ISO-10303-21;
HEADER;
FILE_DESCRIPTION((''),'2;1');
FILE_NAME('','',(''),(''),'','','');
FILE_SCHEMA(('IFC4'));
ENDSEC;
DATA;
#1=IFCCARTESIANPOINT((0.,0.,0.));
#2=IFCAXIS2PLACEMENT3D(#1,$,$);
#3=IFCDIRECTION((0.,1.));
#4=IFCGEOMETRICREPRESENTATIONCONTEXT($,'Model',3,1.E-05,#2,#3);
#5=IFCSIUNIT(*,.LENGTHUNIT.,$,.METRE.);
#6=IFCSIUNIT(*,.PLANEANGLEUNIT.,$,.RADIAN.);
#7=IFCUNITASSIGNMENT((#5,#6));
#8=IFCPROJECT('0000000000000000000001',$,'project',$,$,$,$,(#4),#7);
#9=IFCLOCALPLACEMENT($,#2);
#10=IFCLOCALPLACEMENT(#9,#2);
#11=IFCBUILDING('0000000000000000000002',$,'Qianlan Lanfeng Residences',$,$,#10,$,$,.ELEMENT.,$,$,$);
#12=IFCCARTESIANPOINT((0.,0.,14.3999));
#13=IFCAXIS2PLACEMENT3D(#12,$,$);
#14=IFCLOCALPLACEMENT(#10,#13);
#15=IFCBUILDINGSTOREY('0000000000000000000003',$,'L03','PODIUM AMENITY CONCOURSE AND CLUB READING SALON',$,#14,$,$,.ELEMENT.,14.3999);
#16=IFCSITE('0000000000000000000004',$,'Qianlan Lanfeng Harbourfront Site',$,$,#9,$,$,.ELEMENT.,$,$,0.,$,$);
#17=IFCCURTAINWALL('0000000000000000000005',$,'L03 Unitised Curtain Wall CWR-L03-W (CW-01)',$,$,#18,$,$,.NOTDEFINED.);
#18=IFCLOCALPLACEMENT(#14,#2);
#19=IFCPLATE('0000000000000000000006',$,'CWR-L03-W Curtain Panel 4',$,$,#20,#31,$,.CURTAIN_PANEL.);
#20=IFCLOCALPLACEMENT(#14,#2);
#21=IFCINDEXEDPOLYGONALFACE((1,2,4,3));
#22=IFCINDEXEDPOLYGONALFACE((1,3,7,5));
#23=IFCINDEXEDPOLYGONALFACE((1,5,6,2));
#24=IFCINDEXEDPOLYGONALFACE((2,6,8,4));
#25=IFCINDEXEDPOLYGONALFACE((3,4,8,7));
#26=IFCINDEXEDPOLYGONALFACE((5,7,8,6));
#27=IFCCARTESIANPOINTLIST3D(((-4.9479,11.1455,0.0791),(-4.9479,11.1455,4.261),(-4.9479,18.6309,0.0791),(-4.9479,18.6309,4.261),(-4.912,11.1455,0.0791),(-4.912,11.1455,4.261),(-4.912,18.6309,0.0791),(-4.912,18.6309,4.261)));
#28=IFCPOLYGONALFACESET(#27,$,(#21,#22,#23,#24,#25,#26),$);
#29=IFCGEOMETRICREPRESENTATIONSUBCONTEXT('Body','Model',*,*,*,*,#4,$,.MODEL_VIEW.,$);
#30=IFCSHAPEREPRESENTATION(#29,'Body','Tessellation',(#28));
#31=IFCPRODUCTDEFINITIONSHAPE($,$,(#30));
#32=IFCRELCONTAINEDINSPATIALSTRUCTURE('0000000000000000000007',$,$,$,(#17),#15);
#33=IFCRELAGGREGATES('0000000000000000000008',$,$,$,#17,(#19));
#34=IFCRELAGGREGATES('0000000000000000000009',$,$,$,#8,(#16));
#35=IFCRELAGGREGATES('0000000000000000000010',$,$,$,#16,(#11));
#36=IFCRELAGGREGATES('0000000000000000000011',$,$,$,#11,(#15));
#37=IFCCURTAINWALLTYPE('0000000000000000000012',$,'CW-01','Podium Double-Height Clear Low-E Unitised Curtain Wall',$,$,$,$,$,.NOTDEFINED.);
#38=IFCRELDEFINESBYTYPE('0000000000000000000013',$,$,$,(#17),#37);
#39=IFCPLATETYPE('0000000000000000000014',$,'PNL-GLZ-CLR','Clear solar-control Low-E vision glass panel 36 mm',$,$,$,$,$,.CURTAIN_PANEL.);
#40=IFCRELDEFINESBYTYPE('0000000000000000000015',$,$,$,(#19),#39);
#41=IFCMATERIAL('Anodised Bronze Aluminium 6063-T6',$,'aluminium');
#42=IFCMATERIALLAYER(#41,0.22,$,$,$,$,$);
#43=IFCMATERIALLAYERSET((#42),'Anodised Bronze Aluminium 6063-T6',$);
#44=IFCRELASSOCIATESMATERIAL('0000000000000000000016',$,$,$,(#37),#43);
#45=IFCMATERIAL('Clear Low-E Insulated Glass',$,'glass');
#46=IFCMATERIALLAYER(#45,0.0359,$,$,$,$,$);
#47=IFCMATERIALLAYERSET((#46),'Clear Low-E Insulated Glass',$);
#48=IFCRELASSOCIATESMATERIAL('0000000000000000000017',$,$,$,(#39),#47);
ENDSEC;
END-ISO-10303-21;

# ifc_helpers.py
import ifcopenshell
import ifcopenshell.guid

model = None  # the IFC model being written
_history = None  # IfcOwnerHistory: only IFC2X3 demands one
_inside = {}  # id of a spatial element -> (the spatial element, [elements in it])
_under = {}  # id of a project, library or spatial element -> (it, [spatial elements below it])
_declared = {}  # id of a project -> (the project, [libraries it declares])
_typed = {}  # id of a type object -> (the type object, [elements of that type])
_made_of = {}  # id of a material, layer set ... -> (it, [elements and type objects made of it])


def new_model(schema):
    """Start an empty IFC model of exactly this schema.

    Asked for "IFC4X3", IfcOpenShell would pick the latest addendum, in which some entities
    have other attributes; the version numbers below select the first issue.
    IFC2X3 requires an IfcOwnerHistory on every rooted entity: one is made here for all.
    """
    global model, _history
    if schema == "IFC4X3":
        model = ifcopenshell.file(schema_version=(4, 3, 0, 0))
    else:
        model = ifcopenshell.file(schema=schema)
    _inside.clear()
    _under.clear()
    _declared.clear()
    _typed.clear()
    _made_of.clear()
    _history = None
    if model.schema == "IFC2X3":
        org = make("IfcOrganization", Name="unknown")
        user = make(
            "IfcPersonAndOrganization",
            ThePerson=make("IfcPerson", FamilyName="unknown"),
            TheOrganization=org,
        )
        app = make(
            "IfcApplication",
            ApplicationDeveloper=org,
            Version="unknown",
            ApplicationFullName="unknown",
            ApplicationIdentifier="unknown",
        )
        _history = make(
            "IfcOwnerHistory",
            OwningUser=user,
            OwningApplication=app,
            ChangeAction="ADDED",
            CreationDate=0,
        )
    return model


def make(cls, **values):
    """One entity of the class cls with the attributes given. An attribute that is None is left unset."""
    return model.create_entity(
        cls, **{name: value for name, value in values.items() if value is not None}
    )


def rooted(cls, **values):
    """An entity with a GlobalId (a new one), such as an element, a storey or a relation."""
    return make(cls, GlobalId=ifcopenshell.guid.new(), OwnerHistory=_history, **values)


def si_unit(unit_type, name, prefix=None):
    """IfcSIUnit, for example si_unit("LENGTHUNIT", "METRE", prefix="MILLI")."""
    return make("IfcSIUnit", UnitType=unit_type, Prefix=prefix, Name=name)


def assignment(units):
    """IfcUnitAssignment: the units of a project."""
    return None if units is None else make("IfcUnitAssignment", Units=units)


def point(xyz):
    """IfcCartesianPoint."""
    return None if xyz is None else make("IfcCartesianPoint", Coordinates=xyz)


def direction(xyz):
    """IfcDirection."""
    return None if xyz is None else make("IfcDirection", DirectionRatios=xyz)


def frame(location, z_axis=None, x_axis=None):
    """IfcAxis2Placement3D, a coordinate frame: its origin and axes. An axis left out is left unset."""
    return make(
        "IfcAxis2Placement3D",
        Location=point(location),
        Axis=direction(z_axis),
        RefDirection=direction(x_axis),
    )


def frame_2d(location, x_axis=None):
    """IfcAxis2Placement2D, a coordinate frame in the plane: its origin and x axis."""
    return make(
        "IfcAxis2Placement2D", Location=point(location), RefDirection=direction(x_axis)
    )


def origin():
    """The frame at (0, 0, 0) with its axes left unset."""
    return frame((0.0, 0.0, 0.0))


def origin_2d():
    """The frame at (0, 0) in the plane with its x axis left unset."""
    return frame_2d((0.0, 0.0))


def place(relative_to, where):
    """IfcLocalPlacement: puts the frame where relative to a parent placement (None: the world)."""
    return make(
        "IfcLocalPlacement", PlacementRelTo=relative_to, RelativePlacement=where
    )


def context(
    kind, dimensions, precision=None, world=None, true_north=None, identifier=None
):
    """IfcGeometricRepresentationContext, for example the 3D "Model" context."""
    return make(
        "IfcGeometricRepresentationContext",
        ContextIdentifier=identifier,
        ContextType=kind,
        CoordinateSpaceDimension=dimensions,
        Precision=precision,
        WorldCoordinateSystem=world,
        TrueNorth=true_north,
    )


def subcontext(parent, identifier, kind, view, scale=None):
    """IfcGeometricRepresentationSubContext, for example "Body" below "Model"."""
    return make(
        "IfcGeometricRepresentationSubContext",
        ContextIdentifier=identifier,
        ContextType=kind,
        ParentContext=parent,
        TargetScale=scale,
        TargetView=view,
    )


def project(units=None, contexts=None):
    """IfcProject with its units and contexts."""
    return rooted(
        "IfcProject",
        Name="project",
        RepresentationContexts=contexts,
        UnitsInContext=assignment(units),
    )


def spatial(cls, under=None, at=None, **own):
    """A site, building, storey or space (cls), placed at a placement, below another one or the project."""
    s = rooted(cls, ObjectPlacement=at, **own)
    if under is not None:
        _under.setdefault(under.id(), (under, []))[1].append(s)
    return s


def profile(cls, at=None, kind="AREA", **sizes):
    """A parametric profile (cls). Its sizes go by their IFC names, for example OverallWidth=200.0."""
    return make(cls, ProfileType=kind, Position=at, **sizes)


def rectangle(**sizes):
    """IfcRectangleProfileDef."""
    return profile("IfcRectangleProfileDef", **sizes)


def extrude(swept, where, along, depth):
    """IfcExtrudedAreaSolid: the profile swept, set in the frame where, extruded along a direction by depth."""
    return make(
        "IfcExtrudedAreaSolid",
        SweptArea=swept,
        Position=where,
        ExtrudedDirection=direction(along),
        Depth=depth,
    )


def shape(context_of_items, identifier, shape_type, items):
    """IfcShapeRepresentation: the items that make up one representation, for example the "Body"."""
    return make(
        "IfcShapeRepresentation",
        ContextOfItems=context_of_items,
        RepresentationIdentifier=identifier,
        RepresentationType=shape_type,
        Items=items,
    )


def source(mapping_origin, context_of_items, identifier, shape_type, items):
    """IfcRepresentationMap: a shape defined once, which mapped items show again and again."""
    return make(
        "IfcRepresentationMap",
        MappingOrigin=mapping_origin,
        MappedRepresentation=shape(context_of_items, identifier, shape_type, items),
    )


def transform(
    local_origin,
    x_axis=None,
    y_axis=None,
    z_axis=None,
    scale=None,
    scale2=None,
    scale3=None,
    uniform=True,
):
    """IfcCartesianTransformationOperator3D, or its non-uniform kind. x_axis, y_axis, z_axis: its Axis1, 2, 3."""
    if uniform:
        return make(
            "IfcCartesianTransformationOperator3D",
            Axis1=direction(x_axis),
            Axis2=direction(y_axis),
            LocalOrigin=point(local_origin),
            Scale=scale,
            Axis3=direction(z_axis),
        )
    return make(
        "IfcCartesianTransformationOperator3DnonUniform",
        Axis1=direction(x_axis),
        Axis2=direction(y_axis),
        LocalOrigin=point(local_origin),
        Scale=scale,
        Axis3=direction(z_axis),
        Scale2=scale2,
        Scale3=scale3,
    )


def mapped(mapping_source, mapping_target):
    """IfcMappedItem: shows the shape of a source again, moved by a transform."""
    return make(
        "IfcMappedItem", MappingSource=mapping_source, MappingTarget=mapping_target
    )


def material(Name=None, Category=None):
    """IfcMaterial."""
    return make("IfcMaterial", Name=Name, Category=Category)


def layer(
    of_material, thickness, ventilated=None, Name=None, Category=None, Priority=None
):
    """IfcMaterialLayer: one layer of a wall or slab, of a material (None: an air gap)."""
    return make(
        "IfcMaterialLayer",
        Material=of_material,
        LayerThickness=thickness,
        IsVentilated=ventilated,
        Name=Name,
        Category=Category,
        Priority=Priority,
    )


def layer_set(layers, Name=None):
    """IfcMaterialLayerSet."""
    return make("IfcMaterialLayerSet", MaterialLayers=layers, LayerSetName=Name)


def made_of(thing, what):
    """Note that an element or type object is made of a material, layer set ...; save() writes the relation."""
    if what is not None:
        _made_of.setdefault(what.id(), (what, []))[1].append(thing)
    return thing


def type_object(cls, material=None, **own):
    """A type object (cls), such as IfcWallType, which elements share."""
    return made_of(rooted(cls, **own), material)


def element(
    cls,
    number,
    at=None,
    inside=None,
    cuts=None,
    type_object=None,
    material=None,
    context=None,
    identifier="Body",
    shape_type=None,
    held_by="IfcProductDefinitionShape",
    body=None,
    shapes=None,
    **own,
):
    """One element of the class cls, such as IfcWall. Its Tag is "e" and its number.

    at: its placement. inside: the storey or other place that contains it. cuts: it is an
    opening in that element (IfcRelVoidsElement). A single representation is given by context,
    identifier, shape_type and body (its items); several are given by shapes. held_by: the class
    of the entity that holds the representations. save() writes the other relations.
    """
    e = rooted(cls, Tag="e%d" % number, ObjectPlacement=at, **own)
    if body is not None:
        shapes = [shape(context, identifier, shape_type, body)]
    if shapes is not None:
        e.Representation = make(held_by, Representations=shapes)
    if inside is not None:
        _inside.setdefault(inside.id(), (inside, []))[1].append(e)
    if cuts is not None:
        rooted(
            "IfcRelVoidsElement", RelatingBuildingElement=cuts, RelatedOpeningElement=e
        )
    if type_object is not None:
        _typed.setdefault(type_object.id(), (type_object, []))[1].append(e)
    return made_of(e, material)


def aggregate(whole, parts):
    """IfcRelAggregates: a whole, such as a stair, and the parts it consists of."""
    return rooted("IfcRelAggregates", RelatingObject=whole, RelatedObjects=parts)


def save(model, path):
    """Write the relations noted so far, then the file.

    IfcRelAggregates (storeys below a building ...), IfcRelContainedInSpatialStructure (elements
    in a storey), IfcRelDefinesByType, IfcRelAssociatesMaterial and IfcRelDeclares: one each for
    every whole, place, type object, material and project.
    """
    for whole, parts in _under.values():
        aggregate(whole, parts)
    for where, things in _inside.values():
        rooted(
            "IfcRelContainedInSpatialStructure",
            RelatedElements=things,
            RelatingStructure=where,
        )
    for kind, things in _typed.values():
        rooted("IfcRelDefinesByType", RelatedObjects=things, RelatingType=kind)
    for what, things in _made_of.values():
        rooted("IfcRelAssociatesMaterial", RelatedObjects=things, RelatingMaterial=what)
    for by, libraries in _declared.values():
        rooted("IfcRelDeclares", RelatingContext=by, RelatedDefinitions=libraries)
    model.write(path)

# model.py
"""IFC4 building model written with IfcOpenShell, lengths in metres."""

from ifc_helpers import new_model, si_unit, direction, frame, origin, origin_2d, place, context, subcontext, project, spatial, rectangle, extrude, source, transform, mapped, material, layer, layer_set, type_object, element, aggregate, save


model = new_model("IFC4")

# Units and contexts
model_context = context("Model", 3, precision=1e-05, world=origin(), true_north=direction((0.0, 1.0)))
body_context = subcontext(model_context, "Body", "Model", "MODEL_VIEW")
ifc_project = project(units=[si_unit("LENGTHUNIT", "METRE"), si_unit("PLANEANGLEUNIT", "RADIAN")], contexts=[model_context])

# Site, building, storey
site_placement = place(None, origin())
site = spatial("IfcSite", under=ifc_project, at=site_placement, Name="Qianlan Lanfeng Harbourfront Site", CompositionType="ELEMENT", RefElevation=0.0)
building_placement = place(site_placement, origin())
building = spatial("IfcBuilding", under=site, at=building_placement, Name="Qianlan Lanfeng Residences", CompositionType="ELEMENT")
storey_placement = place(building_placement, frame((0.0, 0.0, 14.3999)))
storey = spatial("IfcBuildingStorey", under=building, at=storey_placement, Name="L03", Description="PODIUM AMENITY CONCOURSE AND CLUB READING SALON", CompositionType="ELEMENT", Elevation=14.3999)

# Curtain wall, plate
ifc_material_1 = material(Name="Anodised Bronze Aluminium 6063-T6", Category="aluminium")
ifc_layer_1 = layer(ifc_material_1, 0.22)
ifc_layer_set_1 = layer_set([ifc_layer_1], Name="Anodised Bronze Aluminium 6063-T6")
curtain_wall_type = type_object("IfcCurtainWallType", Name="CW-01", Description="Podium Double-Height Clear Low-E Unitised Curtain Wall", PredefinedType="NOTDEFINED", material=ifc_layer_set_1)
curtain_wall_placement = place(storey_placement, origin())
curtain_wall = element("IfcCurtainWall", 1, at=curtain_wall_placement, inside=storey, type_object=curtain_wall_type, Name="L03 Unitised Curtain Wall CWR-L03-W (CW-01)", PredefinedType="NOTDEFINED")
ifc_material_2 = material(Name="Clear Low-E Insulated Glass", Category="glass")
ifc_layer_2 = layer(ifc_material_2, 0.0359)
ifc_layer_set_2 = layer_set([ifc_layer_2], Name="Clear Low-E Insulated Glass")
plate_type = type_object("IfcPlateType", Name="PNL-GLZ-CLR", Description="Clear solar-control Low-E vision glass panel 36 mm", PredefinedType="CURTAIN_PANEL", material=ifc_layer_set_2)
shared_shape_1 = source(origin(), body_context, "Body", "SweptSolid", [
    extrude(rectangle(XDim=7.4854, YDim=0.0359, at=origin_2d()), origin(), (0.0, 0.0, 1.0), 4.1819),
])
plate_1_placement = place(storey_placement, frame((-4.9299, 14.8882, 0.0791), z_axis=(0.0, 0.0, 1.0), x_axis=(0.0, -1.0, 0.0)))
plate_1 = element("IfcPlate", 2, at=plate_1_placement, type_object=plate_type, Name="CWR-L03-W Curtain Panel 4", PredefinedType="CURTAIN_PANEL", context=body_context, shape_type="MappedRepresentation", body=[
    mapped(shared_shape_1, transform((0.0, 0.0, 0.0), scale=1.0)),
])
aggregate(curtain_wall, [plate_1])

save(model, "model.ifc")
